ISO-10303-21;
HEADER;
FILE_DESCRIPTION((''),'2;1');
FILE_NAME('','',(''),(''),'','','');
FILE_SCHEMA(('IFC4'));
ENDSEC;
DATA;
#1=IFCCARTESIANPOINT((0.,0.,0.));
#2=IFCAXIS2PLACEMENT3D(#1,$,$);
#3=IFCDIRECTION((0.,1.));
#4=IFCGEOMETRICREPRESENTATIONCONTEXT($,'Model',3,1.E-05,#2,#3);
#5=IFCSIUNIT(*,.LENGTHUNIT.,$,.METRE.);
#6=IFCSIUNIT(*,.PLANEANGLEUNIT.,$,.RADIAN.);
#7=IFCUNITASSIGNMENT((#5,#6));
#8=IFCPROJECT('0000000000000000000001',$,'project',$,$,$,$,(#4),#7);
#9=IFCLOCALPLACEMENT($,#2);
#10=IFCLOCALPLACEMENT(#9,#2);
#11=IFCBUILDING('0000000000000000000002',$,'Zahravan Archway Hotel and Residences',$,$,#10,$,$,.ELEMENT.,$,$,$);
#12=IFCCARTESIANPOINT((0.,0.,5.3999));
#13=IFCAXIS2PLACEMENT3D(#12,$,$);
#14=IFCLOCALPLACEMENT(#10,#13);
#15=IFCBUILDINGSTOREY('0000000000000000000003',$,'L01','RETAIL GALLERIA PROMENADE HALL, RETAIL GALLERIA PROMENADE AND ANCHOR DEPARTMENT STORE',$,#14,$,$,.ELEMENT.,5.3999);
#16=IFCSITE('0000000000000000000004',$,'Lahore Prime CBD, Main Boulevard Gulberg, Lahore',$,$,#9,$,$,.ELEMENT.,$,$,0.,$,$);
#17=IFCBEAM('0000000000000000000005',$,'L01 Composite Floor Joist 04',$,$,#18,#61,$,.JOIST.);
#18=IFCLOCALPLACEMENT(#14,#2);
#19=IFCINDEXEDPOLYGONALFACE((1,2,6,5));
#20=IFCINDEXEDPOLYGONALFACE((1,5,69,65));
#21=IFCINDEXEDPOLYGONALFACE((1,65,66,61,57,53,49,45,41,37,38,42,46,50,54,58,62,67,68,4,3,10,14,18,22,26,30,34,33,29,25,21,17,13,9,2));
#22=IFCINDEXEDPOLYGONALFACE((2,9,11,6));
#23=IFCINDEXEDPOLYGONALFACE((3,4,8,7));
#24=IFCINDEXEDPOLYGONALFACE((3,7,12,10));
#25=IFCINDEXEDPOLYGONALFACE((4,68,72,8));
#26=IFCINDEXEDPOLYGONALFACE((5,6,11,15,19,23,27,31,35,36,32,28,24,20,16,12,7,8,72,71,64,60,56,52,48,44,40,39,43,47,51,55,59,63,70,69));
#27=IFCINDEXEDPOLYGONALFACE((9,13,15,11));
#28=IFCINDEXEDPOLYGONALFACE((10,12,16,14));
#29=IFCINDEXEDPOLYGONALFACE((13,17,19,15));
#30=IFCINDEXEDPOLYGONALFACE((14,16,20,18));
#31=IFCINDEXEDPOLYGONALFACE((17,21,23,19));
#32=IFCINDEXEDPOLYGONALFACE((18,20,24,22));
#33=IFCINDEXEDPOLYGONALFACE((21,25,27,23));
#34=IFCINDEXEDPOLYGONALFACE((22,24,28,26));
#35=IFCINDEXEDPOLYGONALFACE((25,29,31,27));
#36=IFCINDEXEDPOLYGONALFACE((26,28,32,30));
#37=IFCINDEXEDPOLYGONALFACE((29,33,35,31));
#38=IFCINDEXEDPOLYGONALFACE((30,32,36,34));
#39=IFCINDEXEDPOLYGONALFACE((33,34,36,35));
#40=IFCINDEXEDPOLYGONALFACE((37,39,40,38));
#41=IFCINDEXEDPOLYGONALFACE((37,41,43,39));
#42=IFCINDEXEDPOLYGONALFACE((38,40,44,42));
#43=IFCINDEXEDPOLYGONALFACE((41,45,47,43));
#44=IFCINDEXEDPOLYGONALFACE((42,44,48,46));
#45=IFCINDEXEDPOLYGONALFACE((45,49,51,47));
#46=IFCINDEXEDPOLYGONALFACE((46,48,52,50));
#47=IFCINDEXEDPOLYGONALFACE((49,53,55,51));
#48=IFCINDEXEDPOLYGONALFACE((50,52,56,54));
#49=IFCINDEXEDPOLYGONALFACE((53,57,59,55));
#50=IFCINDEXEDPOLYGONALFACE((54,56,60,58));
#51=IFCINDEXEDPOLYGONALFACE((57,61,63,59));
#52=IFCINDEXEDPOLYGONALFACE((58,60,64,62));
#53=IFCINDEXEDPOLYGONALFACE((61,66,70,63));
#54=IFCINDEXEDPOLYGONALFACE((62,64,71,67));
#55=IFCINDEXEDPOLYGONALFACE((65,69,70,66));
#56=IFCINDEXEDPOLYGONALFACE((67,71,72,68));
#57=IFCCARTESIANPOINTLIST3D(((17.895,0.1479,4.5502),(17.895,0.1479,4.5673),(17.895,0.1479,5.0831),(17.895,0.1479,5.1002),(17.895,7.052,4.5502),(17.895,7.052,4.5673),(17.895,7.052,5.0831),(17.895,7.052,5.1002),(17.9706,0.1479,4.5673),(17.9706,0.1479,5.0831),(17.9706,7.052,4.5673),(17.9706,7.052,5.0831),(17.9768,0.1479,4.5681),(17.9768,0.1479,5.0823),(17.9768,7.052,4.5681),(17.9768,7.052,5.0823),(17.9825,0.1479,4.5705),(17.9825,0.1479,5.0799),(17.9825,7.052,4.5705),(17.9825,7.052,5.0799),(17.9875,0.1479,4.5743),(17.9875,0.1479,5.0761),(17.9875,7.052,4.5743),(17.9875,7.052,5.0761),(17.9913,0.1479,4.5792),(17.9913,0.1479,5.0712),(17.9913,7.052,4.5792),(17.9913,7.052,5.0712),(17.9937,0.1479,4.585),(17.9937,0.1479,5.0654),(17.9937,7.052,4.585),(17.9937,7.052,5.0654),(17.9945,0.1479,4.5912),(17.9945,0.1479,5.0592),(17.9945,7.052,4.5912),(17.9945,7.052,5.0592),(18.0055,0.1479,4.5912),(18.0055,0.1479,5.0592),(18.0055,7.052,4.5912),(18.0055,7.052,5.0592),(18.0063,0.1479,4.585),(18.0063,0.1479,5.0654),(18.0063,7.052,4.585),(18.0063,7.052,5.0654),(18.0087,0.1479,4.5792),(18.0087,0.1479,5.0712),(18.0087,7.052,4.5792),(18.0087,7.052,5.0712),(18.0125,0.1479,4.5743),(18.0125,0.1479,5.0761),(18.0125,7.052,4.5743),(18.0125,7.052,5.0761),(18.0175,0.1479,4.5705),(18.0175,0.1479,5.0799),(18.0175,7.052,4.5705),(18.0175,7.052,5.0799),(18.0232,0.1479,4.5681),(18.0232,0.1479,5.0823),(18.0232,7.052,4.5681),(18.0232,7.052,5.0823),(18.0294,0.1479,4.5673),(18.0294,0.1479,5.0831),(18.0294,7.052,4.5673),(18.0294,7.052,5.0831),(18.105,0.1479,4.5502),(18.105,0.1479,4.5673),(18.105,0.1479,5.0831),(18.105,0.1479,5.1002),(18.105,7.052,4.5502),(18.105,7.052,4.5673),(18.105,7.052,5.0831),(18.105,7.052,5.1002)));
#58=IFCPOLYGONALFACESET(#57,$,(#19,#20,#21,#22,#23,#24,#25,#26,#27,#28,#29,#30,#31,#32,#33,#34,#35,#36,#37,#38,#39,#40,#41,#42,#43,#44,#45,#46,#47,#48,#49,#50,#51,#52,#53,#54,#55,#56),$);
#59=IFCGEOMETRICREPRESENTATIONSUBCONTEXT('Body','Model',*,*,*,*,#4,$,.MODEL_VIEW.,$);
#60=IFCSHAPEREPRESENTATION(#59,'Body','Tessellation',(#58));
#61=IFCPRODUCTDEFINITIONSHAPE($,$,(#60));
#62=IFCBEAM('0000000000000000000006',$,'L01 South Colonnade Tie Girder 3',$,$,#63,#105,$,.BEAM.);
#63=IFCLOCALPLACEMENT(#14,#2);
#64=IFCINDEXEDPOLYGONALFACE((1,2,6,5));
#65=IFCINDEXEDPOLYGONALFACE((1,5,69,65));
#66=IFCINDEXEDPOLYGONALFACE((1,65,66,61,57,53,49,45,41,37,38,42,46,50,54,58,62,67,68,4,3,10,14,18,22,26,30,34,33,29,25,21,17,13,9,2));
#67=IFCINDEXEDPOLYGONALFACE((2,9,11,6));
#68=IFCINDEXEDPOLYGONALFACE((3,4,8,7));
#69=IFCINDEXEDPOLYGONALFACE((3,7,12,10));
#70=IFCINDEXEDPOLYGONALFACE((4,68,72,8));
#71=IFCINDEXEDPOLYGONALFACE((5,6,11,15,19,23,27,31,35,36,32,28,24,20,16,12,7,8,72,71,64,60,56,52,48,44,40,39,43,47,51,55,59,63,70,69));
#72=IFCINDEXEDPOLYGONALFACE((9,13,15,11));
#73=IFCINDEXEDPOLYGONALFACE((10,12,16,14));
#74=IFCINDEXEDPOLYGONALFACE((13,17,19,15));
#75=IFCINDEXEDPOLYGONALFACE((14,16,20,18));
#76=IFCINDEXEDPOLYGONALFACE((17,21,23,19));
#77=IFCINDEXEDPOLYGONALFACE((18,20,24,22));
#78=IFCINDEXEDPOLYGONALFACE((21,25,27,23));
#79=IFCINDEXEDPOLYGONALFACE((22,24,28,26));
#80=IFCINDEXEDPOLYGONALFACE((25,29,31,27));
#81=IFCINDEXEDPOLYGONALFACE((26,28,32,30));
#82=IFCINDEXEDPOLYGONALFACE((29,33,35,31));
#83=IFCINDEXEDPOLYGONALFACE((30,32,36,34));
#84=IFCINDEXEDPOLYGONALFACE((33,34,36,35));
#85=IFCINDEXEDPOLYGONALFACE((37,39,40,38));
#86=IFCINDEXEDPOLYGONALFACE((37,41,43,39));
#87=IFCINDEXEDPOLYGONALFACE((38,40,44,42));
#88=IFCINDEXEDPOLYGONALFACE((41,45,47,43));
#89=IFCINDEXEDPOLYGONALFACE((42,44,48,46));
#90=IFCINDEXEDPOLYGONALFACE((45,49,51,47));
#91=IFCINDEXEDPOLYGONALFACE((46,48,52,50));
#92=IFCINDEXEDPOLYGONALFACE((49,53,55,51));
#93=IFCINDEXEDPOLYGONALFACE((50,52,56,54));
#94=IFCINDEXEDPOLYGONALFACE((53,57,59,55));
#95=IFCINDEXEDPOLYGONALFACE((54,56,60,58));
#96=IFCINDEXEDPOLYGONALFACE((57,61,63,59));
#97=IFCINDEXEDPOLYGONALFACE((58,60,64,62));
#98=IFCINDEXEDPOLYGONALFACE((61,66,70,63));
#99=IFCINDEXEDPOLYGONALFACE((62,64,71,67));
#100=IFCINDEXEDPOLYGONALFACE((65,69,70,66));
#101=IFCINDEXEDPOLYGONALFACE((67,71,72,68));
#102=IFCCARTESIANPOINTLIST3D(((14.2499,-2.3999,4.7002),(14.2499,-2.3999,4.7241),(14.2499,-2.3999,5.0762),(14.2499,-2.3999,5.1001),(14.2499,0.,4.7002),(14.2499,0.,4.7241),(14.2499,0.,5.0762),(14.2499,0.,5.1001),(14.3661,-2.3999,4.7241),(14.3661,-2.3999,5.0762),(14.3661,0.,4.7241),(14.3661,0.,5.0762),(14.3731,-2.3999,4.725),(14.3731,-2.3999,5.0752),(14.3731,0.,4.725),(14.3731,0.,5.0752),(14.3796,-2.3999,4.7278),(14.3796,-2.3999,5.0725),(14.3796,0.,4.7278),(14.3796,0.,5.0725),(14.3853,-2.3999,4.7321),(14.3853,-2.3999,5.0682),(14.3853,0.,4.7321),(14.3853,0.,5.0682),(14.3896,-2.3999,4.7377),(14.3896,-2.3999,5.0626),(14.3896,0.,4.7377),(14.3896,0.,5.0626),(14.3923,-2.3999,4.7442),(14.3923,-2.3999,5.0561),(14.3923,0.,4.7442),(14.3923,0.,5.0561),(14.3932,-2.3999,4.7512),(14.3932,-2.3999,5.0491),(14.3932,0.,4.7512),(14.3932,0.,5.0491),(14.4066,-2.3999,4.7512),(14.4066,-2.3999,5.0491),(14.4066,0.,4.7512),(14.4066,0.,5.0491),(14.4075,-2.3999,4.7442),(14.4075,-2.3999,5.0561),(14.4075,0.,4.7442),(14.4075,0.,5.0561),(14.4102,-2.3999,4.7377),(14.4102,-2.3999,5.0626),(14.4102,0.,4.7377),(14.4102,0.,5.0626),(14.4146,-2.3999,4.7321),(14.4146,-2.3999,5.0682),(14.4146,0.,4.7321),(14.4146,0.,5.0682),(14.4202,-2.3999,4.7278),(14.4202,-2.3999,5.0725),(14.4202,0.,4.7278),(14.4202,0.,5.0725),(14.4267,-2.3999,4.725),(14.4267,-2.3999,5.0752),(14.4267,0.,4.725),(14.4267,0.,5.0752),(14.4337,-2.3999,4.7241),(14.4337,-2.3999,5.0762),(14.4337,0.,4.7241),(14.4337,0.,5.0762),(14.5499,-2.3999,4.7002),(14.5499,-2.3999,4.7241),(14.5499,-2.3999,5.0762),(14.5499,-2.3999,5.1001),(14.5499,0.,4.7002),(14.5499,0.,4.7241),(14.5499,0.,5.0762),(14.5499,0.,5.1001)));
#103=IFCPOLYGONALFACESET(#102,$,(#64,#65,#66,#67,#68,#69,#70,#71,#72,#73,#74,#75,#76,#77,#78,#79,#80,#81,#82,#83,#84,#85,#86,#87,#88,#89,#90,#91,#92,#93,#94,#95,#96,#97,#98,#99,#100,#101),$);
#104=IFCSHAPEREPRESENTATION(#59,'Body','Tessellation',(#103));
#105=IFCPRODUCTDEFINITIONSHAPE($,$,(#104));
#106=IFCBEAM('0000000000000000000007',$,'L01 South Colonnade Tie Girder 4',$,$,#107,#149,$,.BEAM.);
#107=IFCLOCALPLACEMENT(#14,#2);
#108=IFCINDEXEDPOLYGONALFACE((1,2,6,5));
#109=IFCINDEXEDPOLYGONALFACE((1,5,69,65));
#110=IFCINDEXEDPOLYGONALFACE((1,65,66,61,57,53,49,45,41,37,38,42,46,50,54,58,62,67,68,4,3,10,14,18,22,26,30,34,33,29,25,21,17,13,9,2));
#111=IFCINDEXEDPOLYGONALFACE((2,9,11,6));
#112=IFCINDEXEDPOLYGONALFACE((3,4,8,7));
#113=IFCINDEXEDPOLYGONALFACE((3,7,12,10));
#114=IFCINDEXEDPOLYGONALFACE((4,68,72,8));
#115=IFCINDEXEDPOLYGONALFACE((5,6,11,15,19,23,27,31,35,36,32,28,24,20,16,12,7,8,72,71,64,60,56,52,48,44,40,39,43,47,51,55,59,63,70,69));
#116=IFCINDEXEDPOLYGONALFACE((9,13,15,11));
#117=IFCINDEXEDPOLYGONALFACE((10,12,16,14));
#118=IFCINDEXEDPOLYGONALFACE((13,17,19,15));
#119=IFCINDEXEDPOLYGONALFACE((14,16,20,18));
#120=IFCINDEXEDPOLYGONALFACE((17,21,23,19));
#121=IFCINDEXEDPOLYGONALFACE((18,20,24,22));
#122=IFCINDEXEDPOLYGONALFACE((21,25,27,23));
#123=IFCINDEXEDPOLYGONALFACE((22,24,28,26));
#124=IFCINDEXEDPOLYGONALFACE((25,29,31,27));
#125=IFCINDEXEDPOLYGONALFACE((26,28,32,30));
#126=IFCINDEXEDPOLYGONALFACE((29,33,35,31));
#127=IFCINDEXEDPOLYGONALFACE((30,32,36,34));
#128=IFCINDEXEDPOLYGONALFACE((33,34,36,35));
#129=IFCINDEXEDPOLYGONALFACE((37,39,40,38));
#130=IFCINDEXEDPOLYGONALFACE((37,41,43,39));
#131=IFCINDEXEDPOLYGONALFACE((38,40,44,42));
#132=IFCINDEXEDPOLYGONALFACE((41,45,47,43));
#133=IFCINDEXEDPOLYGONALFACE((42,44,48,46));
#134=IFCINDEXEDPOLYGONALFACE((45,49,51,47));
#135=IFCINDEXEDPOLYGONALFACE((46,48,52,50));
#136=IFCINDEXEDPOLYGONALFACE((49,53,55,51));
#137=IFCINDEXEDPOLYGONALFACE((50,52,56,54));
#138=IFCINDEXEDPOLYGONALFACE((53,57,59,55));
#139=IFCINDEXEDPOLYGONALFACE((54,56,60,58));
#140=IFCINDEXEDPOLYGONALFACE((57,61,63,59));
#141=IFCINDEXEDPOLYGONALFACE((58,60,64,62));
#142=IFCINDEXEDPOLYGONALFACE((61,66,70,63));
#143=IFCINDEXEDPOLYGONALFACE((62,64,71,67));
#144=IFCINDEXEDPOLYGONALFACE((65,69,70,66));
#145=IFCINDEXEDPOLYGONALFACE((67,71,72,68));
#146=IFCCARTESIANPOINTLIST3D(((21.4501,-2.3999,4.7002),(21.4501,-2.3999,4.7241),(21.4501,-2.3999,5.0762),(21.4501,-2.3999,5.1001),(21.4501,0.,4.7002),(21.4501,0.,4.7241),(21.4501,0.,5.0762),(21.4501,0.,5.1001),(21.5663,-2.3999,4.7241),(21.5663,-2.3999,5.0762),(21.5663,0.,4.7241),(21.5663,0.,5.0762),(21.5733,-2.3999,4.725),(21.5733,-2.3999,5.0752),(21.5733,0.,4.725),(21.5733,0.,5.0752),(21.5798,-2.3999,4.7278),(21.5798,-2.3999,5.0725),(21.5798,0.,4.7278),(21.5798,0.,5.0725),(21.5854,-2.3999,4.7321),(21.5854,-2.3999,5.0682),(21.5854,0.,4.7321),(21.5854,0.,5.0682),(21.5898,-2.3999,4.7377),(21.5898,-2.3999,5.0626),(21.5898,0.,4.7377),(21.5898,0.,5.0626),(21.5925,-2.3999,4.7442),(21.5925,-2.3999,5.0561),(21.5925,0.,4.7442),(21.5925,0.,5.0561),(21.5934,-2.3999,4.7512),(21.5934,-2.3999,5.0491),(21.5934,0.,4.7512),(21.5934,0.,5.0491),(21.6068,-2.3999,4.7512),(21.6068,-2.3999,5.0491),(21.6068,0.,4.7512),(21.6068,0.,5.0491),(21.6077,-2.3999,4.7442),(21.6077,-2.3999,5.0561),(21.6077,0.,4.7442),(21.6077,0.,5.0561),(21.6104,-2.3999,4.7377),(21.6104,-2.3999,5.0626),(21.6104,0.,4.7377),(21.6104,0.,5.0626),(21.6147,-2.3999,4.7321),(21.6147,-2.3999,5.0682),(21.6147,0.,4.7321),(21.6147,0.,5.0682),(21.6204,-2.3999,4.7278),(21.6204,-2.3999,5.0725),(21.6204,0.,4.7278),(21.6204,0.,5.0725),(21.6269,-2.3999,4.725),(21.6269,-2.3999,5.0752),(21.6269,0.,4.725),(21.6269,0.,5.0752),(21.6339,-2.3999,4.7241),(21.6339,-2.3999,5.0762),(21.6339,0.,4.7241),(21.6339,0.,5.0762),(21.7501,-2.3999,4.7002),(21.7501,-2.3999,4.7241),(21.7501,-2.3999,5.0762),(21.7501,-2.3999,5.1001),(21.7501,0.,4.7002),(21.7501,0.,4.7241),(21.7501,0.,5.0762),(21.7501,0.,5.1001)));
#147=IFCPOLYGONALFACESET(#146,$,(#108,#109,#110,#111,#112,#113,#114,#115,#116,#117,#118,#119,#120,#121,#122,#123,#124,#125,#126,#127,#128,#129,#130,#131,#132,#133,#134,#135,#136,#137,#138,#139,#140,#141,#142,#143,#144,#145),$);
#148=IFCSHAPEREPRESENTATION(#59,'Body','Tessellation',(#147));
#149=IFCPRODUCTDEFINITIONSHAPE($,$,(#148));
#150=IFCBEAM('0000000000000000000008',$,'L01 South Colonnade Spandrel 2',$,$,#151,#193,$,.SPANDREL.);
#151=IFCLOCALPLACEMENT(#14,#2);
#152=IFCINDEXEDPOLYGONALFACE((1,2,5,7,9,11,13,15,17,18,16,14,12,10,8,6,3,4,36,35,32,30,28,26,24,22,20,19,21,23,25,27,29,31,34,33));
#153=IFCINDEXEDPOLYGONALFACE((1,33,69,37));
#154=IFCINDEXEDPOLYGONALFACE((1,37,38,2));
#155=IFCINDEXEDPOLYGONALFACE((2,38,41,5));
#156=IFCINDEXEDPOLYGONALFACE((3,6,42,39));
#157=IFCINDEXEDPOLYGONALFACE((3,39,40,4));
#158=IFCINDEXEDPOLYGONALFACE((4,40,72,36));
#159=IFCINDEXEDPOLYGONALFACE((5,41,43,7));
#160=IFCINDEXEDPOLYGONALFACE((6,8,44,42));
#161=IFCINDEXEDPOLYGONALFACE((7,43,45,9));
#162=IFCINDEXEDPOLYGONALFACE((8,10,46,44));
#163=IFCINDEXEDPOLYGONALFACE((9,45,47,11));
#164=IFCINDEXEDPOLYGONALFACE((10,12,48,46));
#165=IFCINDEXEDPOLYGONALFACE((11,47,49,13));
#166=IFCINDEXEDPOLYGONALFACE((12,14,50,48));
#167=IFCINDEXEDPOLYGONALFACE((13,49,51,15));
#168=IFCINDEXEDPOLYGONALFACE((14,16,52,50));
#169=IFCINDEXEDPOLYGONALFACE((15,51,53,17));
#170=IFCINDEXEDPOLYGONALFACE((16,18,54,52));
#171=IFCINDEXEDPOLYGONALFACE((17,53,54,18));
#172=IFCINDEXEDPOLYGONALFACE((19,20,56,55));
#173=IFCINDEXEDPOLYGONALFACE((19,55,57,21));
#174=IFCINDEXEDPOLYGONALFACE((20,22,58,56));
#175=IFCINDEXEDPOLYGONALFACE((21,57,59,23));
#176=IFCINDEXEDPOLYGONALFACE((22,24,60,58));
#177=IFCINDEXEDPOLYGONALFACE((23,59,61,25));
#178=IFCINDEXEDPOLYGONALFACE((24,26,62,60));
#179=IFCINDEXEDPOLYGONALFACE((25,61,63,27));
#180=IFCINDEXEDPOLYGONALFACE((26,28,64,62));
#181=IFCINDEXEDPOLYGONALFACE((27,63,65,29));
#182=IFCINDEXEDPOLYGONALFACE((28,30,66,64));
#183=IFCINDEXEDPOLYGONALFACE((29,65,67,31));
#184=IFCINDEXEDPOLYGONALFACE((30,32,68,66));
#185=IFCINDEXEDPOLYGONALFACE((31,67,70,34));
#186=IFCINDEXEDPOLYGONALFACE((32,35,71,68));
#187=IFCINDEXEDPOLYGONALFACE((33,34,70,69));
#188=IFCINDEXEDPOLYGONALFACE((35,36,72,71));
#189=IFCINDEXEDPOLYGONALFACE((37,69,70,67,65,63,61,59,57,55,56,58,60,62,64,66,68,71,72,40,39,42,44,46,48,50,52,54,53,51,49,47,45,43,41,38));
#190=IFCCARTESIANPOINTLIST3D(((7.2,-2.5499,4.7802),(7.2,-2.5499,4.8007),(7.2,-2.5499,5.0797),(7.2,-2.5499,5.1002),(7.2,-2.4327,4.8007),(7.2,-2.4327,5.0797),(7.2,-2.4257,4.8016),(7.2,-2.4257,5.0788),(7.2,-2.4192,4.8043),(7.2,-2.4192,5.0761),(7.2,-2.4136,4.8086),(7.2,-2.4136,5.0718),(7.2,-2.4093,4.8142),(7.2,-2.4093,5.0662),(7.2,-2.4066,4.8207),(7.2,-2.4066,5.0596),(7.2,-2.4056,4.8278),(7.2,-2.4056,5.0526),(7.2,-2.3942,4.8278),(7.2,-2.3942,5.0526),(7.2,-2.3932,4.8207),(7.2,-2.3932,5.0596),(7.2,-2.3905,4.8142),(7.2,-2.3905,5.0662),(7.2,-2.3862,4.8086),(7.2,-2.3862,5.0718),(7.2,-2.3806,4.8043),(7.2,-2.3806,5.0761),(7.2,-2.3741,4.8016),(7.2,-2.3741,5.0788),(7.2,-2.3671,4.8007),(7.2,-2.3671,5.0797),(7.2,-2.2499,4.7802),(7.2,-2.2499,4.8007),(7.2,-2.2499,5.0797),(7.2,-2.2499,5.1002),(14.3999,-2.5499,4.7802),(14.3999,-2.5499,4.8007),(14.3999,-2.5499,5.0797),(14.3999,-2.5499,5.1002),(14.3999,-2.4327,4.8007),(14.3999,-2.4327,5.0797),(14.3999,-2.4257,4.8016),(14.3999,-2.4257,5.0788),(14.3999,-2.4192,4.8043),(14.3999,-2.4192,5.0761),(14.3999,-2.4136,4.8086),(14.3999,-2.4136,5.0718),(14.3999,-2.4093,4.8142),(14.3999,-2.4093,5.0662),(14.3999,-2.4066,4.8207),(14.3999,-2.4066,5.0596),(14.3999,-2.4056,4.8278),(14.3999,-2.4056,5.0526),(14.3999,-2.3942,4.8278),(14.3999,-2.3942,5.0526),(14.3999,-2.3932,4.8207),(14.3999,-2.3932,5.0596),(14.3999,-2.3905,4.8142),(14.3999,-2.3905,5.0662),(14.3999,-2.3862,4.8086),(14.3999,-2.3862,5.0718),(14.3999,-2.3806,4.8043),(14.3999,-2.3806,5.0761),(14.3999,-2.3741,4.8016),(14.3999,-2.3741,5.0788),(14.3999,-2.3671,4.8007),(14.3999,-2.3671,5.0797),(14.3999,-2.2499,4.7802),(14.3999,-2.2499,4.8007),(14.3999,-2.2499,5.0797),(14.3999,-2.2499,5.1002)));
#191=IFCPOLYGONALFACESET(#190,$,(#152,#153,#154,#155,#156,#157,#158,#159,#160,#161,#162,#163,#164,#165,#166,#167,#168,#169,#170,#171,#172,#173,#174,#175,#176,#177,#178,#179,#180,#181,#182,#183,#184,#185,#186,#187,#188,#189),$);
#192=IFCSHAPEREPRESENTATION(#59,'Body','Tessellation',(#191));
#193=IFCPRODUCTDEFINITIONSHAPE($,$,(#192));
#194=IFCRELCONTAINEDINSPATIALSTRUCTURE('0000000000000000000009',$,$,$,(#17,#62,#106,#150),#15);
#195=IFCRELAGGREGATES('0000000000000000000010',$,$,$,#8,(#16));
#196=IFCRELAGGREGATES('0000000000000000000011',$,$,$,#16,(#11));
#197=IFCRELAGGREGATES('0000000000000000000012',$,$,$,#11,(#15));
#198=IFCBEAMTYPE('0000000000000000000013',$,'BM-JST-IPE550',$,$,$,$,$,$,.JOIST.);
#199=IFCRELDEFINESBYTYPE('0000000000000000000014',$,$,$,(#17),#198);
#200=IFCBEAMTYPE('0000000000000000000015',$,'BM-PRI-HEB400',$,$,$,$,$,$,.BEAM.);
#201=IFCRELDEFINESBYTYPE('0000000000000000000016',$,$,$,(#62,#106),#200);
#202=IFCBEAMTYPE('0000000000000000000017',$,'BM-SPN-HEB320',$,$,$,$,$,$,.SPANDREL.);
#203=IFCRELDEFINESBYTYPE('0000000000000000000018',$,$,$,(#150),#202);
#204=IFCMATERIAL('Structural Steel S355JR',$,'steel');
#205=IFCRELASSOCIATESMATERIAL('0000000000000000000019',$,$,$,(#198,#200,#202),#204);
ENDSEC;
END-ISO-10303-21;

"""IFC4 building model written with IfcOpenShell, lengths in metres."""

from ifc_helpers import new_model, si_unit, direction, frame, origin, origin_2d, place, context, subcontext, project, spatial, i_section, extrude, source, transform, mapped, material, material_profile, profile_set, type_object, type_shapes, element, save


model = new_model("IFC4")

# Units and contexts
model_context = context("Model", 3, precision=1e-05, world=origin(), true_north=direction((0.0, 1.0)))
body_context = subcontext(model_context, "Body", "Model", "MODEL_VIEW")
ifc_project = project(units=[si_unit("LENGTHUNIT", "METRE"), si_unit("PLANEANGLEUNIT", "RADIAN")], contexts=[model_context])

# Site, building, storey
site_placement = place(None, origin())
site = spatial("IfcSite", under=ifc_project, at=site_placement, Name="Lahore Prime CBD, Main Boulevard Gulberg, Lahore", CompositionType="ELEMENT", RefElevation=0.0)
building_placement = place(site_placement, origin())
building = spatial("IfcBuilding", under=site, at=building_placement, Name="Zahravan Archway Hotel and Residences", CompositionType="ELEMENT")
storey_placement = place(building_placement, frame((0.0, 0.0, 5.3999)))
storey = spatial("IfcBuildingStorey", under=building, at=storey_placement, Name="L01", Description="RETAIL GALLERIA PROMENADE HALL, RETAIL GALLERIA PROMENADE AND ANCHOR DEPARTMENT STORE", CompositionType="ELEMENT", Elevation=5.3999)

# Beams
ifc_material_1 = material(Name="Structural Steel S355JR", Category="steel")
ifc_material_profile_1 = material_profile(ifc_material_1, i_section(OverallWidth=0.21, OverallDepth=0.55, WebThickness=0.011, FlangeThickness=0.0171, FilletRadius=0.0239, at=origin_2d()), Name="IPE 550", Category="steel")
ifc_profile_set_1 = profile_set([ifc_material_profile_1], Name="Structural Steel S355JR")
beam_type_1 = type_object("IfcBeamType", Name="BM-JST-IPE550", PredefinedType="JOIST", material=ifc_profile_set_1)
shared_shape_1 = source(origin(), body_context, "Body", "SweptSolid", [
    extrude(i_section(OverallWidth=0.21, OverallDepth=0.55, WebThickness=0.011, FlangeThickness=0.0171, FilletRadius=0.0239, at=origin_2d()), origin(), (0.0, 0.0, 1.0), 6.9041),
])
type_shapes(beam_type_1, [shared_shape_1])
for number, where, z_axis, x_axis, name in (
    (1, (18.0, 0.1479, 4.8252), (0.0, 1.0, 0.0), (-1.0, 0.0, 0.0), "L01 Composite Floor Joist 04"),
):
    element("IfcBeam", number, at=place(storey_placement, frame(where, z_axis=z_axis, x_axis=x_axis)), inside=storey, type_object=beam_type_1, Name=name, PredefinedType="JOIST", context=body_context, shape_type="MappedRepresentation", body=[
        mapped(shared_shape_1, transform((0.0, 0.0, 0.0), scale=1.0)),
    ])
ifc_material_profile_2 = material_profile(ifc_material_1, i_section(OverallWidth=0.3, OverallDepth=0.3999, WebThickness=0.0134, FlangeThickness=0.0239, FilletRadius=0.0271, at=origin_2d()), Name="HEB 400", Category="steel")
ifc_profile_set_2 = profile_set([ifc_material_profile_2], Name="Structural Steel S355JR")
beam_type_2 = type_object("IfcBeamType", Name="BM-PRI-HEB400", PredefinedType="BEAM", material=ifc_profile_set_2)
shared_shape_2 = source(origin(), body_context, "Body", "SweptSolid", [
    extrude(i_section(OverallWidth=0.3, OverallDepth=0.3999, WebThickness=0.0134, FlangeThickness=0.0239, FilletRadius=0.0271, at=origin_2d()), origin(), (0.0, 0.0, 1.0), 2.3999),
])
for number, where, z_axis, x_axis, name in (
    (2, (14.3999, -2.3999, 4.9001), (0.0, 1.0, 0.0), (-1.0, 0.0, 0.0), "L01 South Colonnade Tie Girder 3"),
    (3, (21.6001, -2.3999, 4.9001), (0.0, 1.0, 0.0), (-1.0, 0.0, 0.0), "L01 South Colonnade Tie Girder 4"),
):
    element("IfcBeam", number, at=place(storey_placement, frame(where, z_axis=z_axis, x_axis=x_axis)), inside=storey, type_object=beam_type_2, Name=name, PredefinedType="BEAM", context=body_context, shape_type="MappedRepresentation", body=[
        mapped(shared_shape_2, transform((0.0, 0.0, 0.0), scale=1.0)),
    ])
ifc_material_profile_3 = material_profile(ifc_material_1, i_section(OverallWidth=0.3, OverallDepth=0.3201, WebThickness=0.0115, FlangeThickness=0.0205, FilletRadius=0.0271, at=origin_2d()), Name="HEB 320", Category="steel")
ifc_profile_set_3 = profile_set([ifc_material_profile_3], Name="Structural Steel S355JR")
beam_type_3 = type_object("IfcBeamType", Name="BM-SPN-HEB320", PredefinedType="SPANDREL", material=ifc_profile_set_3)
shared_shape_3 = source(origin(), body_context, "Body", "SweptSolid", [
    extrude(i_section(OverallWidth=0.3, OverallDepth=0.3201, WebThickness=0.0115, FlangeThickness=0.0205, FilletRadius=0.0271, at=origin_2d()), origin(), (0.0, 0.0, 1.0), 7.2),
])
type_shapes(beam_type_3, [shared_shape_3])
beam_1_placement = place(storey_placement, frame((7.2, -2.3999, 4.9402), z_axis=(1.0, 0.0, 0.0), x_axis=(0.0, 1.0, 0.0)))
element("IfcBeam", 4, at=beam_1_placement, inside=storey, type_object=beam_type_3, Name="L01 South Colonnade Spandrel 2", PredefinedType="SPANDREL", context=body_context, shape_type="MappedRepresentation", body=[
    mapped(shared_shape_3, transform((0.0, 0.0, 0.0), scale=1.0)),
])

save(model, "model.ifc")
